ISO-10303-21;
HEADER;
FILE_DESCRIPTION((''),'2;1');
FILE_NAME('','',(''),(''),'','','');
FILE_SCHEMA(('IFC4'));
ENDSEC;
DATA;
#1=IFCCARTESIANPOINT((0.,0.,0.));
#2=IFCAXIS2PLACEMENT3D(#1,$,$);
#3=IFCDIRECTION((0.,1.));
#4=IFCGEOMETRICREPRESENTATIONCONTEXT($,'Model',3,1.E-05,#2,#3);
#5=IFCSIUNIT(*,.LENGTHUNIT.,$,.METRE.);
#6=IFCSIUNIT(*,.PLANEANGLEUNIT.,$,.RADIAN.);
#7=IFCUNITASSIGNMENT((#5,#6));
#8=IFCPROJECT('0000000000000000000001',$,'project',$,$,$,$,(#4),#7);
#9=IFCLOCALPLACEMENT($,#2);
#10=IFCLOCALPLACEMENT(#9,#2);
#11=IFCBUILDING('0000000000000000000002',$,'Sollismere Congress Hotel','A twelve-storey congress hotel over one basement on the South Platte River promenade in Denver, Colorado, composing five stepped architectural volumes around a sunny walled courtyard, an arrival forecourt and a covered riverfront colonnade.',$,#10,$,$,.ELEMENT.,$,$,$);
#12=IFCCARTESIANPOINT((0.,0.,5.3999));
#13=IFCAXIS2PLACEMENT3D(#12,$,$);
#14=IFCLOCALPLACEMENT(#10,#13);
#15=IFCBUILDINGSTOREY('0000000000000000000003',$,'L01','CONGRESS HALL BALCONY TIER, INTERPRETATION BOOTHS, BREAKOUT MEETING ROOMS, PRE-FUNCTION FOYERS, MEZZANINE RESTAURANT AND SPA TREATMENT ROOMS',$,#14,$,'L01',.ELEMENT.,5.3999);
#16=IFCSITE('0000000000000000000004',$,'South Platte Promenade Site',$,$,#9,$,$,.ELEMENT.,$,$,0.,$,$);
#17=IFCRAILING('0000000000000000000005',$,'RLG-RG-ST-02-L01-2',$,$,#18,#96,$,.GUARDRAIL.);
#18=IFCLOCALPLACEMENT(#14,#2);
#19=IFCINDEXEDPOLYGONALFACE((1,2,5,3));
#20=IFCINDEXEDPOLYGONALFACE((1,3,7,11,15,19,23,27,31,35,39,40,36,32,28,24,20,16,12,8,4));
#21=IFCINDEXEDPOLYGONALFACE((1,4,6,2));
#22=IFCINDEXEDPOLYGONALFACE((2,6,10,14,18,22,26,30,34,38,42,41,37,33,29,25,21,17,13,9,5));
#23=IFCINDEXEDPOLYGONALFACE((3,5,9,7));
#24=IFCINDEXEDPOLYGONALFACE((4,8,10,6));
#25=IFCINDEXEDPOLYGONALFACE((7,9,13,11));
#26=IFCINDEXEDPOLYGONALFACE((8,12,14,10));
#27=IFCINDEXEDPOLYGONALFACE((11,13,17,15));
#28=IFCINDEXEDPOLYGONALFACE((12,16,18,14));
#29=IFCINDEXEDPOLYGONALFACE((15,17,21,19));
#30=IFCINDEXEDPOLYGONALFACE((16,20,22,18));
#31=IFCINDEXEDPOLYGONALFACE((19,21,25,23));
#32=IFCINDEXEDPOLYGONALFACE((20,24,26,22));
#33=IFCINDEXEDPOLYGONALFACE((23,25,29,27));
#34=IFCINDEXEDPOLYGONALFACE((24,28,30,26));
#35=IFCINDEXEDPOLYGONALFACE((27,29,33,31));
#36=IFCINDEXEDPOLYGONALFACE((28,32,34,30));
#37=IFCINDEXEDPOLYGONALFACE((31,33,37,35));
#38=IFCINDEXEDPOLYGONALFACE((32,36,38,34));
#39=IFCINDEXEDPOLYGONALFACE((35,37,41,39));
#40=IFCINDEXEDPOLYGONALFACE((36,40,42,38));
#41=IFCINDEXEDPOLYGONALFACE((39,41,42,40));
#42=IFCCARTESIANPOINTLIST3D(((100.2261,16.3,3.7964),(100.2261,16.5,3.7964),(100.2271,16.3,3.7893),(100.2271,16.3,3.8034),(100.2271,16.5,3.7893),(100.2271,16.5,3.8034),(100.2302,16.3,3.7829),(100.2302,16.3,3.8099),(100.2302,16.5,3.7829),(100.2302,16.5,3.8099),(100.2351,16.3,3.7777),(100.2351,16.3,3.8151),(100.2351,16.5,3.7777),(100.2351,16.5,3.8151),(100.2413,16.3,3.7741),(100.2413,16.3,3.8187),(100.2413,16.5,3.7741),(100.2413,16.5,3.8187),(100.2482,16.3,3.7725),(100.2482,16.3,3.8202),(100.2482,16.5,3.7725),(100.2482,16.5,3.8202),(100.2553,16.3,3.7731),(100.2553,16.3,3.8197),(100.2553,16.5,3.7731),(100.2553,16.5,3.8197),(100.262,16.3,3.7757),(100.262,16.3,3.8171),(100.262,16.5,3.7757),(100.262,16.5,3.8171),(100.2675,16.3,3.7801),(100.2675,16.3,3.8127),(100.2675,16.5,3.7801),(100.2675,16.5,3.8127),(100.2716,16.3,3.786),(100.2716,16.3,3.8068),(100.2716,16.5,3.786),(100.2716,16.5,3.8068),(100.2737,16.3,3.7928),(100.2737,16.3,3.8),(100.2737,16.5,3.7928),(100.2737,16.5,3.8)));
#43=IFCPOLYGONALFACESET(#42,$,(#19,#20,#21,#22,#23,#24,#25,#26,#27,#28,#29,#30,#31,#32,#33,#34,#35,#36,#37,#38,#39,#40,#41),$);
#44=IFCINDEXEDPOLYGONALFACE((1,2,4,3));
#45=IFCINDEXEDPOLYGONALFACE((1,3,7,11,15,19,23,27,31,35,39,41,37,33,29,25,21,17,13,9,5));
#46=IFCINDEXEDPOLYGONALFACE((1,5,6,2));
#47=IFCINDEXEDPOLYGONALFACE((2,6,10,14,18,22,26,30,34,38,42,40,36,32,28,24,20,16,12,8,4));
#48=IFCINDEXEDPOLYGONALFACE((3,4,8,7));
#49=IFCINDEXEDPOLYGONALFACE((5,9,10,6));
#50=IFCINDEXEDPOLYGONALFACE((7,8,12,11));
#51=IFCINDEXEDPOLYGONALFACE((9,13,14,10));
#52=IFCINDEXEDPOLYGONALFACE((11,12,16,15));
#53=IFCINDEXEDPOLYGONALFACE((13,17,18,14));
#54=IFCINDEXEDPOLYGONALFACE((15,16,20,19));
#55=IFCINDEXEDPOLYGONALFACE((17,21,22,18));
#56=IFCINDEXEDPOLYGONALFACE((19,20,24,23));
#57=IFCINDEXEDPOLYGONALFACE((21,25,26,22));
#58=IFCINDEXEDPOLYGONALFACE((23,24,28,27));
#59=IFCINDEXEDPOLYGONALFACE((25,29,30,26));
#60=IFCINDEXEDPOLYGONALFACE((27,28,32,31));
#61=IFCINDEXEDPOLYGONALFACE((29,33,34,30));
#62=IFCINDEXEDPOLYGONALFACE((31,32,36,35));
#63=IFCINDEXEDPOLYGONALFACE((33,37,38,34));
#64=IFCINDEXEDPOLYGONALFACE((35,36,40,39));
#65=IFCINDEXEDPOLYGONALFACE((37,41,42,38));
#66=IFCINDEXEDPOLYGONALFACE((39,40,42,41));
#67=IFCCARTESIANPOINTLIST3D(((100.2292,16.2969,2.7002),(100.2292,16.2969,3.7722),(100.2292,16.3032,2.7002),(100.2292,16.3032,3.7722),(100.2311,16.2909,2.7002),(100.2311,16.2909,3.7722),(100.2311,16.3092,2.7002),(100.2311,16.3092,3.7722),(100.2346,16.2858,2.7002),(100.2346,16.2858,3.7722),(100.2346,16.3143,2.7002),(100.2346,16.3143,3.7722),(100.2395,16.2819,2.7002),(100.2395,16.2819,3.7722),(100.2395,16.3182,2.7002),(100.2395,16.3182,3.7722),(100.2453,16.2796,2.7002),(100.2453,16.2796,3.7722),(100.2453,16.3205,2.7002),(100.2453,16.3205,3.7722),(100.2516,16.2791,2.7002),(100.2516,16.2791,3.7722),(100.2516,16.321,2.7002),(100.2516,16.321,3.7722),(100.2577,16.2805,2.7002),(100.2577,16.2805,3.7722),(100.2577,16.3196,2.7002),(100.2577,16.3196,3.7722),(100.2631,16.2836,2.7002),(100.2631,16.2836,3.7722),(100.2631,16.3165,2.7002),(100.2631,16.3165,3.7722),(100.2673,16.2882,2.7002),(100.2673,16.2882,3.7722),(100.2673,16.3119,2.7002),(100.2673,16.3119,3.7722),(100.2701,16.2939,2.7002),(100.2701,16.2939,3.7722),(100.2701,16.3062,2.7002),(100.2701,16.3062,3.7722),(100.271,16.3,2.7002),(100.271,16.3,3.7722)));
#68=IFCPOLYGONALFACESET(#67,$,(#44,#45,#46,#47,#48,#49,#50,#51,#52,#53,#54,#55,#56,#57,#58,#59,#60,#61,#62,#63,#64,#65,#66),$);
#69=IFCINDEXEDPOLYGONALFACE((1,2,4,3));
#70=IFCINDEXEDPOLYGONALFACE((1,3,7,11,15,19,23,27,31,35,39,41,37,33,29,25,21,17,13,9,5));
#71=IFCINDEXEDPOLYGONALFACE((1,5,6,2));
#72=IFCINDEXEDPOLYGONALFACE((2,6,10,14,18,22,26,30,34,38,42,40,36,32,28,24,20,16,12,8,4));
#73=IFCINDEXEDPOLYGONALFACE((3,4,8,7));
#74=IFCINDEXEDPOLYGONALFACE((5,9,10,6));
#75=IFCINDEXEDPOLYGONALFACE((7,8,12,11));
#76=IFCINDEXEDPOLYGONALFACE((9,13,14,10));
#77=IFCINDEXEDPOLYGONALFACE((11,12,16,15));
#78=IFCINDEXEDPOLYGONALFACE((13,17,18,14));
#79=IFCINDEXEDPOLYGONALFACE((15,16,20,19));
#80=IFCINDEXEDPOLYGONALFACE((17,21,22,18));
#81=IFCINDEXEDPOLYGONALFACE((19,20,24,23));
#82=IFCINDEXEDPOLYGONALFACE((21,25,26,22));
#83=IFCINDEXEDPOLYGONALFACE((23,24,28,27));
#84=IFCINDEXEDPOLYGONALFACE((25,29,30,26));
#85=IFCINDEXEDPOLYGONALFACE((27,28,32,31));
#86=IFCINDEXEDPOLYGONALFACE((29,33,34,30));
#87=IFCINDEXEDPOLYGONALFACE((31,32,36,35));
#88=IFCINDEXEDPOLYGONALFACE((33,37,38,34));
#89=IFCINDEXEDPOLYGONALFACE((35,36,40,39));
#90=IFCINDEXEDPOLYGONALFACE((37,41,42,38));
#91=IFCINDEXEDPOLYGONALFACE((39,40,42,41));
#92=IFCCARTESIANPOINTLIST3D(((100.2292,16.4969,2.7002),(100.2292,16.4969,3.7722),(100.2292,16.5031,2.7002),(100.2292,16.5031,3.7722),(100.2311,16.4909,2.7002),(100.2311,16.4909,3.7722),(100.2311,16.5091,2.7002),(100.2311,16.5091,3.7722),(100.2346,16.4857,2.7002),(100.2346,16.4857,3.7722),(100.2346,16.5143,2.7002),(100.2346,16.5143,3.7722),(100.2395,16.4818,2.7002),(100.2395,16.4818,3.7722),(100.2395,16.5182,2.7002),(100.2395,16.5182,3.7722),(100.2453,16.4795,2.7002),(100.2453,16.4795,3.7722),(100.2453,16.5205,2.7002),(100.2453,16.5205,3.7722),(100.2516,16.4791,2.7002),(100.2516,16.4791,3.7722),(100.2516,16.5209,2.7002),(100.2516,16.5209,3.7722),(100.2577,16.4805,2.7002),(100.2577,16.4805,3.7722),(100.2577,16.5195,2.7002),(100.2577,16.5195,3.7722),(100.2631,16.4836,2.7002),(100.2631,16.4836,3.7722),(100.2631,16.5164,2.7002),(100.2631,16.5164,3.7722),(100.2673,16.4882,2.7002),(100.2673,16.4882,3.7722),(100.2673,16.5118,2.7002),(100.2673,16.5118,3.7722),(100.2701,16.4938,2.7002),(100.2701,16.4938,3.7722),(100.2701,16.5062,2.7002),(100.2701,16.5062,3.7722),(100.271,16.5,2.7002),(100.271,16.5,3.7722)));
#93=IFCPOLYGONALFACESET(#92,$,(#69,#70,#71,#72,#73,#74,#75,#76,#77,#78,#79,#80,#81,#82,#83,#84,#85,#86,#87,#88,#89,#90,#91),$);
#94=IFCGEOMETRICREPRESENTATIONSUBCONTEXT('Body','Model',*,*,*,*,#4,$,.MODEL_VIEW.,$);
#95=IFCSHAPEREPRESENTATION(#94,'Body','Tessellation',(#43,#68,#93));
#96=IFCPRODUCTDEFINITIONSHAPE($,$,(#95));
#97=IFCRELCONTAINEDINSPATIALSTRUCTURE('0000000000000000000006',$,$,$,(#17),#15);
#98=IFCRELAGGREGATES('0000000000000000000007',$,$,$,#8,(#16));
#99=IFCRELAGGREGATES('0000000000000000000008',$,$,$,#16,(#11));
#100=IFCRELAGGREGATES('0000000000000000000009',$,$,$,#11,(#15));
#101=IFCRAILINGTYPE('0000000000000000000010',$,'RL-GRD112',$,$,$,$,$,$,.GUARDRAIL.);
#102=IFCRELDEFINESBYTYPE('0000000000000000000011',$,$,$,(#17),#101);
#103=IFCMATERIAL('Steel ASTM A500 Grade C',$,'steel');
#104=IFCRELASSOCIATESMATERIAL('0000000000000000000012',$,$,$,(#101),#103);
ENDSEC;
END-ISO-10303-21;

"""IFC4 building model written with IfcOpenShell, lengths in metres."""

from ifc_helpers import new_model, si_unit, direction, frame, origin, origin_2d, place, context, subcontext, project, spatial, circle, extrude, material, type_object, element, save


model = new_model("IFC4")

# Units and contexts
model_context = context("Model", 3, precision=1e-05, world=origin(), true_north=direction((0.0, 1.0)))
body_context = subcontext(model_context, "Body", "Model", "MODEL_VIEW")
ifc_project = project(units=[si_unit("LENGTHUNIT", "METRE"), si_unit("PLANEANGLEUNIT", "RADIAN")], contexts=[model_context])

# Site, building, storey
site_placement = place(None, origin())
site = spatial("IfcSite", under=ifc_project, at=site_placement, Name="South Platte Promenade Site", CompositionType="ELEMENT", RefElevation=0.0)
building_placement = place(site_placement, origin())
building = spatial("IfcBuilding", under=site, at=building_placement, Name="Sollismere Congress Hotel", Description="A twelve-storey congress hotel over one basement on the South Platte River promenade in Denver, Colorado, composing five stepped architectural volumes around a sunny walled courtyard, an arrival forecourt and a covered riverfront colonnade.", CompositionType="ELEMENT")
storey_placement = place(building_placement, frame((0.0, 0.0, 5.3999)))
storey = spatial("IfcBuildingStorey", under=building, at=storey_placement, Name="L01", Description="CONGRESS HALL BALCONY TIER, INTERPRETATION BOOTHS, BREAKOUT MEETING ROOMS, PRE-FUNCTION FOYERS, MEZZANINE RESTAURANT AND SPA TREATMENT ROOMS", LongName="L01", CompositionType="ELEMENT", Elevation=5.3999)

# Shared definitions
ifc_material_1 = material(Name="Steel ASTM A500 Grade C", Category="steel")

# Railing
railing_type_1 = type_object("IfcRailingType", Name="RL-GRD112", PredefinedType="GUARDRAIL", material=ifc_material_1)
railing_1_placement = place(storey_placement, frame((100.25, 16.3, 2.7002)))
element("IfcRailing", 1, at=railing_1_placement, inside=storey, type_object=railing_type_1, Name="RLG-RG-ST-02-L01-2", PredefinedType="GUARDRAIL", context=body_context, shape_type="SweptSolid", body=[
    extrude(circle(Radius=0.0239, at=origin_2d()), frame((0.0, 0.0, 1.0962), z_axis=(0.0, 1.0, 0.0), x_axis=(-1.0, 0.0, 0.0)), (0.0, 0.0, 1.0), 0.2),
    extrude(circle(Radius=0.021, at=origin_2d()), origin(), (0.0, 0.0, 1.0), 1.072),
    extrude(circle(Radius=0.021, at=origin_2d()), frame((0.0, 0.2, 0.0)), (0.0, 0.0, 1.0), 1.072),
])

save(model, "model.ifc")
